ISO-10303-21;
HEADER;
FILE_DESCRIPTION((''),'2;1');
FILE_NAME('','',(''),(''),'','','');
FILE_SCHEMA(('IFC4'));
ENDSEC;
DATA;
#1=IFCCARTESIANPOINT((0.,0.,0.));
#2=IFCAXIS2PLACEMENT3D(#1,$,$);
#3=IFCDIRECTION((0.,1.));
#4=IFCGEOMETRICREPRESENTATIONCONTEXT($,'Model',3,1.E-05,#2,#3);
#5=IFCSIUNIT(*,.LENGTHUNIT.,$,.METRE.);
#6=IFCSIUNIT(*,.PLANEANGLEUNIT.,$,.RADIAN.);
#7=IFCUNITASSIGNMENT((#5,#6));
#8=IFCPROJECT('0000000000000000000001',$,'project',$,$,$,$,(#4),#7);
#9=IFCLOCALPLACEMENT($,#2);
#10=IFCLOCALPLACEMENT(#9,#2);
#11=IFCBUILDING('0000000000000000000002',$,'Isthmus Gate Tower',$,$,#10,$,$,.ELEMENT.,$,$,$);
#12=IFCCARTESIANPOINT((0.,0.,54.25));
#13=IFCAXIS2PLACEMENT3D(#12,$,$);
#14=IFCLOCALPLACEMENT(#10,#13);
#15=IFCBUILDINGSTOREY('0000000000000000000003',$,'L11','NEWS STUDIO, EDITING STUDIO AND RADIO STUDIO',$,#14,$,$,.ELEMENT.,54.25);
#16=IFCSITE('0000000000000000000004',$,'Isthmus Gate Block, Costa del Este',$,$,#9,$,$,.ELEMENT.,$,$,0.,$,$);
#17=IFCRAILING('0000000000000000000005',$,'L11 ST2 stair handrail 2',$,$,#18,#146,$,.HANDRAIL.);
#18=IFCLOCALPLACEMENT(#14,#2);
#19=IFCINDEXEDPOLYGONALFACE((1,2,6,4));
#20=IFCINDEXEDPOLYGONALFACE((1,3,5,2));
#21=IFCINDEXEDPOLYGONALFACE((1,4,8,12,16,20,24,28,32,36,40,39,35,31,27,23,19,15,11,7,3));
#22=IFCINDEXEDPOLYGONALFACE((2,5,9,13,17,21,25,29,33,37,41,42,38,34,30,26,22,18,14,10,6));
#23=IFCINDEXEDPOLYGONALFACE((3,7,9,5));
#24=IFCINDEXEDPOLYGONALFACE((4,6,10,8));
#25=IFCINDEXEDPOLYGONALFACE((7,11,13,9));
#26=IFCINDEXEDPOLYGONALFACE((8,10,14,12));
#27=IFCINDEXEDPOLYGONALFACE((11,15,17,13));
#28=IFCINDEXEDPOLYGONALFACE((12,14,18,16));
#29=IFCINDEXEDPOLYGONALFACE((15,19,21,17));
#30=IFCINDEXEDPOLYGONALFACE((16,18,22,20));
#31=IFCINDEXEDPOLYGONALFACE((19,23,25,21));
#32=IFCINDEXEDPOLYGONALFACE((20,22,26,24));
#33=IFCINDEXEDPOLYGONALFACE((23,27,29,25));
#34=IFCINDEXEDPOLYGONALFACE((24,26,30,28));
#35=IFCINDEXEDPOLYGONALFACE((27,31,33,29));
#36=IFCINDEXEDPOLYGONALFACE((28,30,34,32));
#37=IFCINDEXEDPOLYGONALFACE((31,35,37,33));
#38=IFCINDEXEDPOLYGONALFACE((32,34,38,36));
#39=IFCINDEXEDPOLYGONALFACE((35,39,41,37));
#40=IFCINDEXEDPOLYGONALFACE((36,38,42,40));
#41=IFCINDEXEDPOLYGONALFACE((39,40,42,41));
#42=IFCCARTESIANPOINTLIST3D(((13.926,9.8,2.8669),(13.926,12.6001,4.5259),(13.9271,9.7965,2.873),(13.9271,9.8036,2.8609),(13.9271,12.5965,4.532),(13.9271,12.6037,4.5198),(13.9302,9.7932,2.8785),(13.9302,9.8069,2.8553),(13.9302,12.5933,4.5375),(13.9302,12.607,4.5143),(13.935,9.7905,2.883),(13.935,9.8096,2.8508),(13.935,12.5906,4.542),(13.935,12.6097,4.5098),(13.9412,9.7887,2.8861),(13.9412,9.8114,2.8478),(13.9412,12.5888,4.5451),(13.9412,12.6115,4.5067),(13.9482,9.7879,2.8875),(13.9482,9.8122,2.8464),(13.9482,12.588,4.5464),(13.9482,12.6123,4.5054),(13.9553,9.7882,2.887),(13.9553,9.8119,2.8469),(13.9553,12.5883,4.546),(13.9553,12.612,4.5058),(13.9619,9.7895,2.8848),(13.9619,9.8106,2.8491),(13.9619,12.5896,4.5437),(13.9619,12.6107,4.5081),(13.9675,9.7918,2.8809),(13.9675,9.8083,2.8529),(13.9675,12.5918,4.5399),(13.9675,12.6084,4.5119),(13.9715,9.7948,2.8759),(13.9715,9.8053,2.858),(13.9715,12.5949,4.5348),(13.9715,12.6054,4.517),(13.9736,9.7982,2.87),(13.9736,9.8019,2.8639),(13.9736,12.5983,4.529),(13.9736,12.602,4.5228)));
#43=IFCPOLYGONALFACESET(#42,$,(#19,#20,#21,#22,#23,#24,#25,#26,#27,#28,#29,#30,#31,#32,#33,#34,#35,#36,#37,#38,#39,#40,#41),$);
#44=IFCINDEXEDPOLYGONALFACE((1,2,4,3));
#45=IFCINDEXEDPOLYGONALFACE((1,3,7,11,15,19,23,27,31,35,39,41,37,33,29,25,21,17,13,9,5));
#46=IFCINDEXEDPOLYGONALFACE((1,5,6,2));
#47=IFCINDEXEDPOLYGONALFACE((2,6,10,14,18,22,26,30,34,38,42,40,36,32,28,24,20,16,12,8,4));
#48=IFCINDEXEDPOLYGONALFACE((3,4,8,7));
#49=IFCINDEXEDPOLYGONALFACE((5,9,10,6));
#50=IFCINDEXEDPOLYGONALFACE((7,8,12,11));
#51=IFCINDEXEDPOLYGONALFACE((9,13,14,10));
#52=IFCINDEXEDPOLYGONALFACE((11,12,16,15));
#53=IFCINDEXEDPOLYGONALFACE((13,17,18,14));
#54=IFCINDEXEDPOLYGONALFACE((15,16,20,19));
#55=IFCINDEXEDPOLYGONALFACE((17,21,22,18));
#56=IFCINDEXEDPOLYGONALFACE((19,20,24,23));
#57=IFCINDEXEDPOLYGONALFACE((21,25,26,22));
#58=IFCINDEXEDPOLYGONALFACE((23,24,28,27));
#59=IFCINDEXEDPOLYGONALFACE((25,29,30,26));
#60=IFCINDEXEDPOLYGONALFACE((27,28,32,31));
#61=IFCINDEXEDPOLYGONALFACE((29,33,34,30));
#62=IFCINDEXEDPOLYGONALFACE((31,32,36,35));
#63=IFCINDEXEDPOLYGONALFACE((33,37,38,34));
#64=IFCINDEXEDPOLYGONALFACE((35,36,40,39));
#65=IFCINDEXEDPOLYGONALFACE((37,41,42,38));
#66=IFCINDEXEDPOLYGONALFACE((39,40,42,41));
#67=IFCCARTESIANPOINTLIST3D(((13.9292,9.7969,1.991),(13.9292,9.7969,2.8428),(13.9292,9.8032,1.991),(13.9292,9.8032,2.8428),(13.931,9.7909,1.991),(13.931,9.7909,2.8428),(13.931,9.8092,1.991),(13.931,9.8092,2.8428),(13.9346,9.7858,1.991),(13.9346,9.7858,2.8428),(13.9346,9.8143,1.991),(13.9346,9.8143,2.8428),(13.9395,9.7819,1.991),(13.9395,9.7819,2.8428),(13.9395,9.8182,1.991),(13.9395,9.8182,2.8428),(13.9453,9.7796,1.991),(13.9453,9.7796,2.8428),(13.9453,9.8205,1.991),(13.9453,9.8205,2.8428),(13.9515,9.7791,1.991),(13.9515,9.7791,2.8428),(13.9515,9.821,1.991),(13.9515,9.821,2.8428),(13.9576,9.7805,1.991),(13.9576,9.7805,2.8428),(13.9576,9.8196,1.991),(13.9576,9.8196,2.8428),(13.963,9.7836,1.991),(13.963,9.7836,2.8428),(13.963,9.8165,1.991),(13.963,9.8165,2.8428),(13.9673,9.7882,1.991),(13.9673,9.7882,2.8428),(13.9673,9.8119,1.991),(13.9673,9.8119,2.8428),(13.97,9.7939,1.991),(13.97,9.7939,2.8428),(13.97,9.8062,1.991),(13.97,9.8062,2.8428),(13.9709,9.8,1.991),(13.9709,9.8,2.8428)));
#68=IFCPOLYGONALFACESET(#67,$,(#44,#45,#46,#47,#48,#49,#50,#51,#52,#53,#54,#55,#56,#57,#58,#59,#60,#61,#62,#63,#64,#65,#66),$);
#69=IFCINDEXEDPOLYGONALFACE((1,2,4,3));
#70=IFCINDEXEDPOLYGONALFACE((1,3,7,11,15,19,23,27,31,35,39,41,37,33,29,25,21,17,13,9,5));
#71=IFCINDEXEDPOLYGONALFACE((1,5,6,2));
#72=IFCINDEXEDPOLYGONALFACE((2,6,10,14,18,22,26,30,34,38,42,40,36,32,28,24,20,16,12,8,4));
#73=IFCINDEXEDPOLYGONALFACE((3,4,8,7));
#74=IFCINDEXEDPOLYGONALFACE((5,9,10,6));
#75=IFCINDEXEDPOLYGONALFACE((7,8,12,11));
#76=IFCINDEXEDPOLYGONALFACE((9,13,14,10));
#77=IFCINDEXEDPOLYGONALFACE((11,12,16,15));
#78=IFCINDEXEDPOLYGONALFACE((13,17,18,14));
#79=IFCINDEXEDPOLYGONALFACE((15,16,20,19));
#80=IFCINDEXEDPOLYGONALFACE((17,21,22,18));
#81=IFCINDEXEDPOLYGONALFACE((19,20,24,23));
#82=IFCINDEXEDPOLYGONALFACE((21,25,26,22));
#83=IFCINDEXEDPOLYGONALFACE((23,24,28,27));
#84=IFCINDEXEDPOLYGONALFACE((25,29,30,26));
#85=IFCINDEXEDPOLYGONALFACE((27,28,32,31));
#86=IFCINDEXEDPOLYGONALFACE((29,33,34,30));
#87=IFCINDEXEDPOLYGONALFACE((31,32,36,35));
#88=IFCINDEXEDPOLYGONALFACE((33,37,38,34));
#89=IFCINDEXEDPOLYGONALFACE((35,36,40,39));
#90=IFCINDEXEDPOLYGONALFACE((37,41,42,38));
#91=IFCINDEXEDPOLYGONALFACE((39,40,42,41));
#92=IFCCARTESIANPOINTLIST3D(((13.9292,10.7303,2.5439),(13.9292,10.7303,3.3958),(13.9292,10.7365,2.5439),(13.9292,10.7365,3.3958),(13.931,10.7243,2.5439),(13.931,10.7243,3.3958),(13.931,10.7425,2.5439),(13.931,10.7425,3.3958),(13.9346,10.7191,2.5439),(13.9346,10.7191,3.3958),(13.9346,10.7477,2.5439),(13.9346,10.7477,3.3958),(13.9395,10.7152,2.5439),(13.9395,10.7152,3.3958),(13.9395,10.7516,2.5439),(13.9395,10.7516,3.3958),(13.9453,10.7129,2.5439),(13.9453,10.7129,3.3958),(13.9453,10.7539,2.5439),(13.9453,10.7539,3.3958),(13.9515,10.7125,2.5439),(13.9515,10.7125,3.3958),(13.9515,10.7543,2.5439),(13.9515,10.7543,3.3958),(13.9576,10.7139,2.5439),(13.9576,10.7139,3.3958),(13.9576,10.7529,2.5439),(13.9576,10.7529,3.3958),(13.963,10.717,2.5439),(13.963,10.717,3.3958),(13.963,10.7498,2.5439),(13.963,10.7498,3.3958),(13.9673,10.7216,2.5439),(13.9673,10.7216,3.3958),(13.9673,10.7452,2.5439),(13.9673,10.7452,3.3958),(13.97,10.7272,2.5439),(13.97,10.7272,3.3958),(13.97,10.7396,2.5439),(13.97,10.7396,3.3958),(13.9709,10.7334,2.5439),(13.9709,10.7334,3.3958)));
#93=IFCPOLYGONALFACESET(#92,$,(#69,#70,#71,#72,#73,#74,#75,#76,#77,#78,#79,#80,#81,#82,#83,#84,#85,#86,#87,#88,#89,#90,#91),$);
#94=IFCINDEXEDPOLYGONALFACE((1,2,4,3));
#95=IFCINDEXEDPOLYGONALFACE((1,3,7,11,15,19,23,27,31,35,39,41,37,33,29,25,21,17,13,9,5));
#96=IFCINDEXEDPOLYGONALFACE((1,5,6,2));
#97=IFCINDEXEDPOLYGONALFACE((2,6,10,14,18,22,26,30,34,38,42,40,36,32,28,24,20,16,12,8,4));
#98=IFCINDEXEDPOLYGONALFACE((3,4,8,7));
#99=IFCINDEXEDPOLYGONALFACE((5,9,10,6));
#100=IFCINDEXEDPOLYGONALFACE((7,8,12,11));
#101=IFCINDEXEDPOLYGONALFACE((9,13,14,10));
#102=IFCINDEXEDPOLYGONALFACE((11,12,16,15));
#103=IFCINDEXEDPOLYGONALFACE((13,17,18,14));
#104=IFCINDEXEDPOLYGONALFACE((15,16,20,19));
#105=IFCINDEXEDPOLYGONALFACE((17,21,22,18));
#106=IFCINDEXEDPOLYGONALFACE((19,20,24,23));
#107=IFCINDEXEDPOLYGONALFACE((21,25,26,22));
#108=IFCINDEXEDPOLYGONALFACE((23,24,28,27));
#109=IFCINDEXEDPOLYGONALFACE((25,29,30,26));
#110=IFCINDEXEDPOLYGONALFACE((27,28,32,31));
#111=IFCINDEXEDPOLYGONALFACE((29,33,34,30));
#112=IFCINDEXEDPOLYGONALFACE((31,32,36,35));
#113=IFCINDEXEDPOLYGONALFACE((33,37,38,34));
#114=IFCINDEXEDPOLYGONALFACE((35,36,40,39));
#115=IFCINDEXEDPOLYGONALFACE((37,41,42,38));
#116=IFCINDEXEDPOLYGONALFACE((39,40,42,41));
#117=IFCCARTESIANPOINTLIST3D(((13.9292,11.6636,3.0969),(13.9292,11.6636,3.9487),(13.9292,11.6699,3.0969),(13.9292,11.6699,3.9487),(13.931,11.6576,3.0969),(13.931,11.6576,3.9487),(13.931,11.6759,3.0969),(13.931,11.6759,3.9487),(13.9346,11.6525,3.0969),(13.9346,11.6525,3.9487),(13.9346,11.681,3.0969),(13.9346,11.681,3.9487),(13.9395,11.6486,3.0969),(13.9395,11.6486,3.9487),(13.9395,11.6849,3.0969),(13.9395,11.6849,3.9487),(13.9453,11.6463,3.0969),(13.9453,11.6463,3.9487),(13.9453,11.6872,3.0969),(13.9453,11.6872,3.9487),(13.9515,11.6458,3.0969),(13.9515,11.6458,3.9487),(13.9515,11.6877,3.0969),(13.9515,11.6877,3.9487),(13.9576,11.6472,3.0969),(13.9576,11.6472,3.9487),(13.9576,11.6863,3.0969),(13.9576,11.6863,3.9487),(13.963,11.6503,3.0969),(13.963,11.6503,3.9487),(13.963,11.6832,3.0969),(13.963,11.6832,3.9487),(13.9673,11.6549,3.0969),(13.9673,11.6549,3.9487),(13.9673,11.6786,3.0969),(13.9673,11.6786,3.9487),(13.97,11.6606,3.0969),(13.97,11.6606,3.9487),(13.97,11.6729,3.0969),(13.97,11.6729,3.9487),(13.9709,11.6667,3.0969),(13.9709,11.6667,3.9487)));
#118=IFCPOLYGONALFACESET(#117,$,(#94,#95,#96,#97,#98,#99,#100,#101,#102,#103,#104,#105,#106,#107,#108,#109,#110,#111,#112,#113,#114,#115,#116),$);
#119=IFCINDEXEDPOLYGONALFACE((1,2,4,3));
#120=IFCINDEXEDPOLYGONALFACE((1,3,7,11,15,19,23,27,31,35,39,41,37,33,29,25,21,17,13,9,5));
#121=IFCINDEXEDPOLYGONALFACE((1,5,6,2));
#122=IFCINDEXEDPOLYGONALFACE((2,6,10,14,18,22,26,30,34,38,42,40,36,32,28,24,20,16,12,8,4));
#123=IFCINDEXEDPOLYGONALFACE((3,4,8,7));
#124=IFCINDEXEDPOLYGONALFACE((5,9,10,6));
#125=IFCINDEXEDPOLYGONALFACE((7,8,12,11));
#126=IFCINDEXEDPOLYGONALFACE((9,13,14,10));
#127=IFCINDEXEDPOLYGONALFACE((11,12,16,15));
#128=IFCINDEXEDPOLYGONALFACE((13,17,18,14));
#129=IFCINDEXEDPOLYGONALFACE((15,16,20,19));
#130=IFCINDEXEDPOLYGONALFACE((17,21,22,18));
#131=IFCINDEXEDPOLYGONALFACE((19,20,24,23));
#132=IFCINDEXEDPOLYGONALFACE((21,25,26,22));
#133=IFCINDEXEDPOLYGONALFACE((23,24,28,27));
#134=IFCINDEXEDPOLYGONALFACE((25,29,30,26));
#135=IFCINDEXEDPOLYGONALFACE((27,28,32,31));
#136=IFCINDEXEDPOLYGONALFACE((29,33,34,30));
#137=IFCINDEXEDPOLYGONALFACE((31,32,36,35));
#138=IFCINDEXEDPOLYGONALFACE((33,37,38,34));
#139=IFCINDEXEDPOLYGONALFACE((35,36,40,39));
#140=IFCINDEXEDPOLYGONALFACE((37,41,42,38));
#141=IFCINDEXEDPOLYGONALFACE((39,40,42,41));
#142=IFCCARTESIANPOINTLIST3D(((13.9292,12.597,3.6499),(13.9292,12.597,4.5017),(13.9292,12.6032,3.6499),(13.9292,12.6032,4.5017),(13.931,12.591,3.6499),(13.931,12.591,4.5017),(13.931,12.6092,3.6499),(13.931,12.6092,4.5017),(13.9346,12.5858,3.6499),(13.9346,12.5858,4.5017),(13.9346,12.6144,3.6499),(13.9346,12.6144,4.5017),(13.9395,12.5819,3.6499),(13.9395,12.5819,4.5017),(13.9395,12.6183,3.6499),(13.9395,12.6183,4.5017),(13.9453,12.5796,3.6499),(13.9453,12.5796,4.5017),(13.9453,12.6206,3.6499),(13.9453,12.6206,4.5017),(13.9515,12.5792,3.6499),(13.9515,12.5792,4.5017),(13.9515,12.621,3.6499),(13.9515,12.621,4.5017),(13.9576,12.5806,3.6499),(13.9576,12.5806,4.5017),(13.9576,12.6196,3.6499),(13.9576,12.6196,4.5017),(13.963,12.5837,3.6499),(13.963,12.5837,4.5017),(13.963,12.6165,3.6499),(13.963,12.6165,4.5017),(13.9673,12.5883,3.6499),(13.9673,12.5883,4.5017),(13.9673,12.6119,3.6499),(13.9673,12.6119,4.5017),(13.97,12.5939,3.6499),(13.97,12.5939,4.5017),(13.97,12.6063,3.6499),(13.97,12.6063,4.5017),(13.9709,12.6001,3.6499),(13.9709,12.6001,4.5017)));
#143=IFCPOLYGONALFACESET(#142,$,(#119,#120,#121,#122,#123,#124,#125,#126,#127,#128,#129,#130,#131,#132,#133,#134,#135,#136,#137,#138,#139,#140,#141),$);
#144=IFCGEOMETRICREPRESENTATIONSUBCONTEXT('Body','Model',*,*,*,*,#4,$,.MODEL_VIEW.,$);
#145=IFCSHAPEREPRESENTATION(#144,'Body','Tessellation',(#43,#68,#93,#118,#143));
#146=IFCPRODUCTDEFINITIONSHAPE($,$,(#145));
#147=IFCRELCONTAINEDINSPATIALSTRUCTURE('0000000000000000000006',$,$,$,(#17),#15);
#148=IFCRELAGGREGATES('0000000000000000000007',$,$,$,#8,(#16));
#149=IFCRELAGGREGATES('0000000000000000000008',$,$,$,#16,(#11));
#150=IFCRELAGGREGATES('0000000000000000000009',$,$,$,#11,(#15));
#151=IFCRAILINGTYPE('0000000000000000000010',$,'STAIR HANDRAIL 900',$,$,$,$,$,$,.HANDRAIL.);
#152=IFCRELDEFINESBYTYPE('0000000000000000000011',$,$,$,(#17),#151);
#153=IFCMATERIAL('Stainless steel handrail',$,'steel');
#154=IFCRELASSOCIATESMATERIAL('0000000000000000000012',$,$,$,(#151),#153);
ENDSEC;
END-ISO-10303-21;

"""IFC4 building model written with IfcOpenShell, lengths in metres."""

from ifc_helpers import new_model, si_unit, direction, frame, origin, origin_2d, place, context, subcontext, project, spatial, circle, extrude, material, type_object, element, save


model = new_model("IFC4")

# Units and contexts
model_context = context("Model", 3, precision=1e-05, world=origin(), true_north=direction((0.0, 1.0)))
body_context = subcontext(model_context, "Body", "Model", "MODEL_VIEW")
ifc_project = project(units=[si_unit("LENGTHUNIT", "METRE"), si_unit("PLANEANGLEUNIT", "RADIAN")], contexts=[model_context])

# Site, building, storey
site_placement = place(None, origin())
site = spatial("IfcSite", under=ifc_project, at=site_placement, Name="Isthmus Gate Block, Costa del Este", CompositionType="ELEMENT", RefElevation=0.0)
building_placement = place(site_placement, origin())
building = spatial("IfcBuilding", under=site, at=building_placement, Name="Isthmus Gate Tower", CompositionType="ELEMENT")
storey_placement = place(building_placement, frame((0.0, 0.0, 54.25)))
storey = spatial("IfcBuildingStorey", under=building, at=storey_placement, Name="L11", Description="NEWS STUDIO, EDITING STUDIO AND RADIO STUDIO", CompositionType="ELEMENT", Elevation=54.25)

# Railing
ifc_material_1 = material(Name="Stainless steel handrail", Category="steel")
railing_type_1 = type_object("IfcRailingType", Name="STAIR HANDRAIL 900", PredefinedType="HANDRAIL", material=ifc_material_1)
railing_1_placement = place(storey_placement, frame((13.95, 9.8, 1.991)))
element("IfcRailing", 1, at=railing_1_placement, inside=storey, type_object=railing_type_1, Name="L11 ST2 stair handrail 2", PredefinedType="HANDRAIL", context=body_context, shape_type="SweptSolid", body=[
    extrude(circle(Radius=0.0239, at=origin_2d()), frame((0.0, 0.0, 0.876), z_axis=(0.0, 0.860339, 0.509722), x_axis=(-1.0, 0.0, 0.0)), (0.0, 0.0, 1.0), 3.2546),
    extrude(circle(Radius=0.021, at=origin_2d()), origin(), (0.0, 0.0, 1.0), 0.8518),
    extrude(circle(Radius=0.021, at=origin_2d()), frame((0.0, 0.9333, 0.553)), (0.0, 0.0, 1.0), 0.8518),
    extrude(circle(Radius=0.021, at=origin_2d()), frame((0.0, 1.8667, 1.106)), (0.0, 0.0, 1.0), 0.8518),
    extrude(circle(Radius=0.021, at=origin_2d()), frame((0.0, 2.8, 1.6589)), (0.0, 0.0, 1.0), 0.8518),
])

save(model, "model.ifc")
